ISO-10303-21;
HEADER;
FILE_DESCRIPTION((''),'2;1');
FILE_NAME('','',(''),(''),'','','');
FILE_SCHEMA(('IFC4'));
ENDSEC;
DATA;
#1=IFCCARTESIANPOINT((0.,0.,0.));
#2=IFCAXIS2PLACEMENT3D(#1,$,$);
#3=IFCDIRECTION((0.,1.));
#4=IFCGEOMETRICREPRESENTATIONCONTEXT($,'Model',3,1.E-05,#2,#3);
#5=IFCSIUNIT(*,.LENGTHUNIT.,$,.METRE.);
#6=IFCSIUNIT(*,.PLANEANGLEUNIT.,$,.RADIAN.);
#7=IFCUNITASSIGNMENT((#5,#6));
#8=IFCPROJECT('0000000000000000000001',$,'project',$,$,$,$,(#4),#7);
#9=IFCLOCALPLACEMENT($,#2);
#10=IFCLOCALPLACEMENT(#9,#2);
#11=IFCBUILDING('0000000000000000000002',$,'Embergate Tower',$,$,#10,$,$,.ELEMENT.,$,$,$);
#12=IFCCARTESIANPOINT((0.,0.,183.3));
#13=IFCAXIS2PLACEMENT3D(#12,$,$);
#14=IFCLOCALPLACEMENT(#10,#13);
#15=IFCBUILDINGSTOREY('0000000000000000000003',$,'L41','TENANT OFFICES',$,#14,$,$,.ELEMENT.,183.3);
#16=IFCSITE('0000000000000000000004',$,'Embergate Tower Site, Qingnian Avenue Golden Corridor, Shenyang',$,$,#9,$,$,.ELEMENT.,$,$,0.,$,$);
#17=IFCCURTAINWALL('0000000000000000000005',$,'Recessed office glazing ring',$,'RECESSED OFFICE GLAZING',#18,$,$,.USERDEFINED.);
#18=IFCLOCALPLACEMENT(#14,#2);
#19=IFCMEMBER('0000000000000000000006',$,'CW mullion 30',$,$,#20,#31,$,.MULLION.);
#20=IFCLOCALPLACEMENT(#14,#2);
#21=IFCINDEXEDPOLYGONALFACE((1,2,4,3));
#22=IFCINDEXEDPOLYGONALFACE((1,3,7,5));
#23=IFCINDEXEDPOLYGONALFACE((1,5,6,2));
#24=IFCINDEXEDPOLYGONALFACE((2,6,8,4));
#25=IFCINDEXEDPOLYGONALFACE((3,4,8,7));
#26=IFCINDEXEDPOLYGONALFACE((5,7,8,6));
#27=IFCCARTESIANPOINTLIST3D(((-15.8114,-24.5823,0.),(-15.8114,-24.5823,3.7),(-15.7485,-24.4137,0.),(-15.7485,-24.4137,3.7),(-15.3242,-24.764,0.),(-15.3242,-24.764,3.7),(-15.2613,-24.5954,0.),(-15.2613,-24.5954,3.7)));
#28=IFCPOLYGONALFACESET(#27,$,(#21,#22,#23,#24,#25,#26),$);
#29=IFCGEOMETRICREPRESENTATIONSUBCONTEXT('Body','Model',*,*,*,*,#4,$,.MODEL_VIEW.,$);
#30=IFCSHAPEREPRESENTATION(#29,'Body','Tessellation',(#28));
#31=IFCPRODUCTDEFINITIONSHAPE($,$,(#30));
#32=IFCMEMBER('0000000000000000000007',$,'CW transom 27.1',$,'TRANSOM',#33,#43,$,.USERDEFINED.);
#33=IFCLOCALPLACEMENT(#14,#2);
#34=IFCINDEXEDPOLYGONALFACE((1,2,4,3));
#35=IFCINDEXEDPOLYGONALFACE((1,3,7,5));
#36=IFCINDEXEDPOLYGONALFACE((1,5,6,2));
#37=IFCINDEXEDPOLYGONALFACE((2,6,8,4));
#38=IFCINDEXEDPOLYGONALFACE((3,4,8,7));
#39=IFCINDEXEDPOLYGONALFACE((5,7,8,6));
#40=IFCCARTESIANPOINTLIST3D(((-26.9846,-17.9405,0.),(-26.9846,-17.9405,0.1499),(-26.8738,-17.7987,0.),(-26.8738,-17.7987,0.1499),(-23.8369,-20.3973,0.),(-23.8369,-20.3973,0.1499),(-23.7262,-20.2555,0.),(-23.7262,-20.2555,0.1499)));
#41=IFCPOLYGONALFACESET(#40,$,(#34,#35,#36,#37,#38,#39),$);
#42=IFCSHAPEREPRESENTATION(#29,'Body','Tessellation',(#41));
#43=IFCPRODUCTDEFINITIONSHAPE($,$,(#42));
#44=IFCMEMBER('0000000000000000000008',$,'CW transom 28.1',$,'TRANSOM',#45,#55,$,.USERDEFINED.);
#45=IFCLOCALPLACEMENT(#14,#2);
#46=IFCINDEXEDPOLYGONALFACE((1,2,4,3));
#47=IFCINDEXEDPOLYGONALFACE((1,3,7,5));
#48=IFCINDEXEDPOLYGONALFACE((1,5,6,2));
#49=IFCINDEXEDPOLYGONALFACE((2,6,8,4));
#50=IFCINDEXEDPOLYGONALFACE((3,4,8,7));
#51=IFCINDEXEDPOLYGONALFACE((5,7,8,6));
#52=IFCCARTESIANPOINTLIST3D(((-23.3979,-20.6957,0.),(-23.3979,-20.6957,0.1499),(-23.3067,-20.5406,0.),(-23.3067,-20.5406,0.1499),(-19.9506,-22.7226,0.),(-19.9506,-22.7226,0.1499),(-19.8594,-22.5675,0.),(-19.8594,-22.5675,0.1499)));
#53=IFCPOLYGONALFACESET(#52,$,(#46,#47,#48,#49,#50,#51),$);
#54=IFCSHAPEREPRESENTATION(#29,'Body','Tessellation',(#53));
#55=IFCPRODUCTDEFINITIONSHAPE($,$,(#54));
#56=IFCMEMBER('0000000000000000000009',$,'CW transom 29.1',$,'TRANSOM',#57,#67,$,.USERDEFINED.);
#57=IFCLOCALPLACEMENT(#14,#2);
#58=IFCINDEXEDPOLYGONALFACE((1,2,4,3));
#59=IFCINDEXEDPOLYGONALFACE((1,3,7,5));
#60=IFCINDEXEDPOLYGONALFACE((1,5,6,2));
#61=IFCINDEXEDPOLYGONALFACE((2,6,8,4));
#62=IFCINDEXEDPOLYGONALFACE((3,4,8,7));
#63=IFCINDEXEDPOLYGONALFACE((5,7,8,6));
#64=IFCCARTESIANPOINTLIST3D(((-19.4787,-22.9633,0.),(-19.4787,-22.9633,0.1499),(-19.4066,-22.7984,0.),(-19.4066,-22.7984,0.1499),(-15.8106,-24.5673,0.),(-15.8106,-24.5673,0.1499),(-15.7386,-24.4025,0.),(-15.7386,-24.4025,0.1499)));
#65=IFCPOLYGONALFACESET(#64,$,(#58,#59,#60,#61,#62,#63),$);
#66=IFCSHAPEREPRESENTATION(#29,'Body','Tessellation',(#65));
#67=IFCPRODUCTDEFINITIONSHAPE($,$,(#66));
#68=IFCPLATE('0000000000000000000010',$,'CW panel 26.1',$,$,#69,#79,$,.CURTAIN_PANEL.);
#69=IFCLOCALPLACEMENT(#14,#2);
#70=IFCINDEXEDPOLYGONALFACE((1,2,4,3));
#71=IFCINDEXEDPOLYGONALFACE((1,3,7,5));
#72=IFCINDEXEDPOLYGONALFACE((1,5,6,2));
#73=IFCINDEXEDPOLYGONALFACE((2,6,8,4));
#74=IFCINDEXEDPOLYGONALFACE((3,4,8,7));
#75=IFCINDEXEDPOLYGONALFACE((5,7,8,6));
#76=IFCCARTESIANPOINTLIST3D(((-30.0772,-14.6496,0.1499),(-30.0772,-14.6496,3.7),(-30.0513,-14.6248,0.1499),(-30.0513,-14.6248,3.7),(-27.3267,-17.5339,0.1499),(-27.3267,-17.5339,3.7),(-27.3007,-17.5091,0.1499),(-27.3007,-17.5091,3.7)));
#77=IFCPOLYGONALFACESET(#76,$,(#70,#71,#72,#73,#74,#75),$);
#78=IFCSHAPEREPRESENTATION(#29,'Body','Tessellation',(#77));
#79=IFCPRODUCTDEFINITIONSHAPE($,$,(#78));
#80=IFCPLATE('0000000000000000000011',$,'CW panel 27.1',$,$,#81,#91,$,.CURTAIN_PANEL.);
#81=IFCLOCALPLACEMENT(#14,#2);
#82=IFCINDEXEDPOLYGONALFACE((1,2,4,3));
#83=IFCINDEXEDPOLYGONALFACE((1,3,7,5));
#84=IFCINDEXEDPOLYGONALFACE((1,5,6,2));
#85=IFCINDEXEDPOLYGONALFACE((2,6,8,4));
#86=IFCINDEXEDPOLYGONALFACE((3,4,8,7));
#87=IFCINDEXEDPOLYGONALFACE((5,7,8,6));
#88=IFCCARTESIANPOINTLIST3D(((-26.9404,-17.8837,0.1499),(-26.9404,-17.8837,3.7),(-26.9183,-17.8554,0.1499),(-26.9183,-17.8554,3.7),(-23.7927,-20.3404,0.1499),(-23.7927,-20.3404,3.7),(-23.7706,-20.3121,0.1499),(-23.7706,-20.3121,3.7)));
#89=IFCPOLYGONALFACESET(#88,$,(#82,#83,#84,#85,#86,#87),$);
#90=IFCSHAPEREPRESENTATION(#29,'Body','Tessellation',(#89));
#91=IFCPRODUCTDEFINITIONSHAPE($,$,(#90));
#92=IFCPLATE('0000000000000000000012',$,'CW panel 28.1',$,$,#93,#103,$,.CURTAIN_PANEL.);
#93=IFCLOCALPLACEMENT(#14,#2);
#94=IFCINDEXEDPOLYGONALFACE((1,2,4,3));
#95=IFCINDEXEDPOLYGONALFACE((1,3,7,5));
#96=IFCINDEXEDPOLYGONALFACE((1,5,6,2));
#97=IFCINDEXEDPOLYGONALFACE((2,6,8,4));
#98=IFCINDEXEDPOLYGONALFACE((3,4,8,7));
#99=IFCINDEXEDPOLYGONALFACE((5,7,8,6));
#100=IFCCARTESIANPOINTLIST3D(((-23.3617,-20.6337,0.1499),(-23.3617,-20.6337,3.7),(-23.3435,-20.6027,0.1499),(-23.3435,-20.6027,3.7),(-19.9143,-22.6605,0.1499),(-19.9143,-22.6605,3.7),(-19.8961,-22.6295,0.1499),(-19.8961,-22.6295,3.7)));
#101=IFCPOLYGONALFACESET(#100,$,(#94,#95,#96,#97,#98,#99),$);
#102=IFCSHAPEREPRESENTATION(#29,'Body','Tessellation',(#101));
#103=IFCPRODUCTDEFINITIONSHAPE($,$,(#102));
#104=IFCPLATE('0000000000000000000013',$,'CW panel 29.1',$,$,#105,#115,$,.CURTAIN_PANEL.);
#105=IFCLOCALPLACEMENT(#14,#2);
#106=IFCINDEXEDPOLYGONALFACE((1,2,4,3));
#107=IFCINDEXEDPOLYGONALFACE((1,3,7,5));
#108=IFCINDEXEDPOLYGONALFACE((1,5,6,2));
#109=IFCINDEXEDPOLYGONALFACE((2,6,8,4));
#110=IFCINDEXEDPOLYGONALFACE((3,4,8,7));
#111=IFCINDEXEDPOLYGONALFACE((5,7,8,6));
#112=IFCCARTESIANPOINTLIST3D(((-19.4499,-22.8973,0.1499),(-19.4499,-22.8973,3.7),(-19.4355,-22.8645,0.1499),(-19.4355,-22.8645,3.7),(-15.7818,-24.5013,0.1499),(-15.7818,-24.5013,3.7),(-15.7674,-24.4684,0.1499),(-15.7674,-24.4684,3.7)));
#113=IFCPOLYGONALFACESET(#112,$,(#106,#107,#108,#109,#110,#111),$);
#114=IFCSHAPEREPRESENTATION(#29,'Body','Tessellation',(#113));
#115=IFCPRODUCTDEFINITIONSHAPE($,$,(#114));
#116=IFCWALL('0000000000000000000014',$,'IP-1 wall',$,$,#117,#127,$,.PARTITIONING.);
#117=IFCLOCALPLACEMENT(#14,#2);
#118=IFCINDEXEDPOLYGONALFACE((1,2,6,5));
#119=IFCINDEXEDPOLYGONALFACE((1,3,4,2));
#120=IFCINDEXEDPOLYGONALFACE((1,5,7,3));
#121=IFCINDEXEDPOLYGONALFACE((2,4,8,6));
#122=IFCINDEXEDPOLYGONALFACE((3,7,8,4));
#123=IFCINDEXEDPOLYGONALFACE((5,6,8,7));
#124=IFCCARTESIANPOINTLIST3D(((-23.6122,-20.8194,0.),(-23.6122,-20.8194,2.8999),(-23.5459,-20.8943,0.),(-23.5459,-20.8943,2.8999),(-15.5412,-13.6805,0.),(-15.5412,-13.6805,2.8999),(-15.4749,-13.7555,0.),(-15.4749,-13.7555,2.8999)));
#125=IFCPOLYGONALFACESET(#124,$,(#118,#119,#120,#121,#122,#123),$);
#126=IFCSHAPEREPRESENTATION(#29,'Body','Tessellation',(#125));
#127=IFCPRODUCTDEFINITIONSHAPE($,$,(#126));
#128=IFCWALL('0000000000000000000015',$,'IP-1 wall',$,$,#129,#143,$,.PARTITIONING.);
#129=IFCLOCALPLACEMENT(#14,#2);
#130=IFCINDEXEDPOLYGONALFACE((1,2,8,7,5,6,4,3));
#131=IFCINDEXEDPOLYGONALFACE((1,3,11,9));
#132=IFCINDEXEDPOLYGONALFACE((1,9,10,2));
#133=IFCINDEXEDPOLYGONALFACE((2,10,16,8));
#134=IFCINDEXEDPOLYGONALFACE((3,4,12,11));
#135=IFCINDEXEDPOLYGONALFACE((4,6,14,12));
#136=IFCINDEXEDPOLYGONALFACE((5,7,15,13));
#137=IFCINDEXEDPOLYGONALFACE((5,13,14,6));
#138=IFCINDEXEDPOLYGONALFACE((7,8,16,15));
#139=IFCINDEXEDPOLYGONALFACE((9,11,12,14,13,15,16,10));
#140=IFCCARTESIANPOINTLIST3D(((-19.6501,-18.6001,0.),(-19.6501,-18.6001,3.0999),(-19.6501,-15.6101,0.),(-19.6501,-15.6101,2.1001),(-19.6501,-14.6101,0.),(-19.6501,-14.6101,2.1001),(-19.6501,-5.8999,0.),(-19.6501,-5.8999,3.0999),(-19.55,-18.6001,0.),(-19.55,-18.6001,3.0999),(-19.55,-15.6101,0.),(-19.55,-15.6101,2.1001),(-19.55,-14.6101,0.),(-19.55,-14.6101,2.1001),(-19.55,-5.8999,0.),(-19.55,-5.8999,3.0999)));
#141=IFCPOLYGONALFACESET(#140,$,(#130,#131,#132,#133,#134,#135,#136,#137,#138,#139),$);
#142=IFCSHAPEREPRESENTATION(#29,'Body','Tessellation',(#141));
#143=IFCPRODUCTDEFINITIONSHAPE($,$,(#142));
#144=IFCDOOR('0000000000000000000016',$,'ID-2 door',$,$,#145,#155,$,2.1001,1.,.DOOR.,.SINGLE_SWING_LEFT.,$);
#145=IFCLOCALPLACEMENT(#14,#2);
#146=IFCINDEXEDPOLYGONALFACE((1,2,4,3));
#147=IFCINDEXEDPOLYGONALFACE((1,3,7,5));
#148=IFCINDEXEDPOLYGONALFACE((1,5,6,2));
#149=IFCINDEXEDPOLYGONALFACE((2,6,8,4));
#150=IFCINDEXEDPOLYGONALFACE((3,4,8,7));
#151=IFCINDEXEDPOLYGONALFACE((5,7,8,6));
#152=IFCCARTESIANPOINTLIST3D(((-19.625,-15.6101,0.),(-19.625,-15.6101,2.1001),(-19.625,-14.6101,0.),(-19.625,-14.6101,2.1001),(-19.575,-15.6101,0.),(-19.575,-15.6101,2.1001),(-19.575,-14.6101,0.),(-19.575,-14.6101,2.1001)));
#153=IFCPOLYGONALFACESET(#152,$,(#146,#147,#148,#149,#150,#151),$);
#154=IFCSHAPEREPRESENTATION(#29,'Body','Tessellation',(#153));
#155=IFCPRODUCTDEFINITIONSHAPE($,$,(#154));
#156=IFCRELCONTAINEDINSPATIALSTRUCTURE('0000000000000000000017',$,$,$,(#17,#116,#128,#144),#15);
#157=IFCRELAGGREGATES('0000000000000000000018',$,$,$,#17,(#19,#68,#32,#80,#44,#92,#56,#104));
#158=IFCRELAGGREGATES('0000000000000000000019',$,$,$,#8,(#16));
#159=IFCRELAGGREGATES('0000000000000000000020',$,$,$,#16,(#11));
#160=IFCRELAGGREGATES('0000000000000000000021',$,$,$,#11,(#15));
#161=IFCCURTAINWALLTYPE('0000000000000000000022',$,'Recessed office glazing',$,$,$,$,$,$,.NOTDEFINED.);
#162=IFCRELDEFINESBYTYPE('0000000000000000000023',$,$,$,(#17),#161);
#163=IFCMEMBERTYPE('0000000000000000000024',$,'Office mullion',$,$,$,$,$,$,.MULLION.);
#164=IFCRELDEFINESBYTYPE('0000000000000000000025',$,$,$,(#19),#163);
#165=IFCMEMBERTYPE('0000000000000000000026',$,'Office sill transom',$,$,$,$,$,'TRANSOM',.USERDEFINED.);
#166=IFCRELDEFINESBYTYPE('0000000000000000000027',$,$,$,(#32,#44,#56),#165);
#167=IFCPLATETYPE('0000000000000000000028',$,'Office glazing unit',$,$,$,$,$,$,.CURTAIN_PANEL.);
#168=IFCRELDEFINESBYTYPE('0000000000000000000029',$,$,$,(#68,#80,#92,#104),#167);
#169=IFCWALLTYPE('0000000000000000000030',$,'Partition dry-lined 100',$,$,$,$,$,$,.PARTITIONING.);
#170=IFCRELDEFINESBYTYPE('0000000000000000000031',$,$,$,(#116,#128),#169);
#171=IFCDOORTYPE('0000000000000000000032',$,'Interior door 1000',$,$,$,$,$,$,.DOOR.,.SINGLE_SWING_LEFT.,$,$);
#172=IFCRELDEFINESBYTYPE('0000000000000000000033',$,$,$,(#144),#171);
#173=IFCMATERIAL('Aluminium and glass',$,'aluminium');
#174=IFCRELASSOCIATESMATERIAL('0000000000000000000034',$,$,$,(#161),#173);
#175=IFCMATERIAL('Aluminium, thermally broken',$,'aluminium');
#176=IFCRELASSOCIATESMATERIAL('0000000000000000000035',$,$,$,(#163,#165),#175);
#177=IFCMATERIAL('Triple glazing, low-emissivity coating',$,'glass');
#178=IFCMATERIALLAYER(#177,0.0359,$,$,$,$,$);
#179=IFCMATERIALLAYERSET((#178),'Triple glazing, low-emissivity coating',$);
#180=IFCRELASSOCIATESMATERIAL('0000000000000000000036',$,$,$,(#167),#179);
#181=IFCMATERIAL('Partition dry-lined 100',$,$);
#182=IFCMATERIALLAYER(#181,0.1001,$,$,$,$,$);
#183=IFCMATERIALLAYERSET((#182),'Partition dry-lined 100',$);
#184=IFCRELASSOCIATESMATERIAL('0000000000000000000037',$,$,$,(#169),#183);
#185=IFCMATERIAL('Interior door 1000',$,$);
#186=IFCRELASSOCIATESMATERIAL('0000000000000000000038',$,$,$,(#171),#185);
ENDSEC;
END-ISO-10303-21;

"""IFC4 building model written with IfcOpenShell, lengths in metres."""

from ifc_helpers import new_model, si_unit, direction, frame, frame_2d, origin, origin_2d, place, context, subcontext, project, spatial, rectangle, extrude, source, transform, mapped, material, layer, layer_set, material_profile, profile_set, type_object, element, fill, aggregate, save


model = new_model("IFC4")

# Units and contexts
model_context = context("Model", 3, precision=1e-05, world=origin(), true_north=direction((0.0, 1.0)))
body_context = subcontext(model_context, "Body", "Model", "MODEL_VIEW")
ifc_project = project(units=[si_unit("LENGTHUNIT", "METRE"), si_unit("PLANEANGLEUNIT", "RADIAN")], contexts=[model_context])

# Site, building, storey
site_placement = place(None, origin())
site = spatial("IfcSite", under=ifc_project, at=site_placement, Name="Embergate Tower Site, Qingnian Avenue Golden Corridor, Shenyang", CompositionType="ELEMENT", RefElevation=0.0)
building_placement = place(site_placement, origin())
building = spatial("IfcBuilding", under=site, at=building_placement, Name="Embergate Tower", CompositionType="ELEMENT")
storey_placement = place(building_placement, frame((0.0, 0.0, 183.3)))
storey = spatial("IfcBuildingStorey", under=building, at=storey_placement, Name="L41", Description="TENANT OFFICES", CompositionType="ELEMENT", Elevation=183.3)

# Curtain wall, members, plates
ifc_material_1 = material(Name="Aluminium and glass", Category="aluminium")
curtain_wall_type = type_object("IfcCurtainWallType", Name="Recessed office glazing", PredefinedType="NOTDEFINED", material=ifc_material_1)
curtain_wall_placement = place(storey_placement, origin())
curtain_wall = element("IfcCurtainWall", 1, at=curtain_wall_placement, inside=storey, type_object=curtain_wall_type, Name="Recessed office glazing ring", ObjectType="RECESSED OFFICE GLAZING", PredefinedType="USERDEFINED")
ifc_material_2 = material(Name="Aluminium, thermally broken", Category="aluminium")
ifc_material_profile_1 = material_profile(ifc_material_2, rectangle(XDim=0.1799, YDim=0.52, at=origin_2d()), Name="AL 520x180")
ifc_profile_set_1 = profile_set([ifc_material_profile_1], Name="Aluminium, thermally broken")
member_type_1 = type_object("IfcMemberType", Name="Office mullion", PredefinedType="MULLION", material=ifc_profile_set_1)
shared_shape_1 = source(origin(), body_context, "Body", "SweptSolid", [
    extrude(rectangle(XDim=0.1799, YDim=0.52, at=origin_2d()), origin(), (0.0, 0.0, 1.0), 3.7),
])
member_1_placement = place(storey_placement, frame((-15.5364, -24.5889, 0.0), z_axis=(0.0, 0.0, 1.0), x_axis=(0.349504, 0.936935, 0.0)))
member_1 = element("IfcMember", 2, at=member_1_placement, type_object=member_type_1, Name="CW mullion 30", PredefinedType="MULLION", context=body_context, shape_type="MappedRepresentation", body=[
    mapped(shared_shape_1, transform((0.0, 0.0, 0.0))),
])
ifc_material_profile_2 = material_profile(ifc_material_2, rectangle(XDim=0.1799, YDim=0.1499, at=origin_2d()), Name="AL 150x180")
ifc_profile_set_2 = profile_set([ifc_material_profile_2], Name="Aluminium, thermally broken")
member_type_2 = type_object("IfcMemberType", Name="Office sill transom", ElementType="TRANSOM", PredefinedType="USERDEFINED", material=ifc_profile_set_2)
shared_shape_2 = source(origin(), body_context, "Body", "SweptSolid", [
    extrude(rectangle(XDim=0.1799, YDim=0.1499, at=origin_2d()), origin(), (0.0, 0.0, 1.0), 3.9929),
])
member_2_placement = place(storey_placement, frame((-26.9292, -17.8696, 0.075), z_axis=(0.788311, -0.615277, 0.0), x_axis=(0.615277, 0.788311, 0.0)))
member_2 = element("IfcMember", 3, at=member_2_placement, type_object=member_type_2, Name="CW transom 27.1", ObjectType="TRANSOM", PredefinedType="USERDEFINED", context=body_context, shape_type="MappedRepresentation", body=[
    mapped(shared_shape_2, transform((0.0, 0.0, 0.0))),
])
shared_shape_3 = source(origin(), body_context, "Body", "SweptSolid", [
    extrude(rectangle(XDim=0.1799, YDim=0.1499, at=origin_2d()), origin(), (0.0, 0.0, 1.0), 3.999),
])
member_3_placement = place(storey_placement, frame((-23.3523, -20.6182, 0.075), z_axis=(0.862038, -0.506844, 0.0), x_axis=(0.506844, 0.862038, 0.0)))
member_3 = element("IfcMember", 4, at=member_3_placement, type_object=member_type_2, Name="CW transom 28.1", ObjectType="TRANSOM", PredefinedType="USERDEFINED", context=body_context, shape_type="MappedRepresentation", body=[
    mapped(shared_shape_3, transform((0.0, 0.0, 0.0))),
])
shared_shape_4 = source(origin(), body_context, "Body", "SweptSolid", [
    extrude(rectangle(XDim=0.1799, YDim=0.1499, at=origin_2d()), origin(), (0.0, 0.0, 1.0), 4.0034),
])
member_4_placement = place(storey_placement, frame((-19.4426, -22.8809, 0.075), z_axis=(0.916225, -0.400665, 0.0), x_axis=(0.400665, 0.916225, 0.0)))
member_4 = element("IfcMember", 5, at=member_4_placement, type_object=member_type_2, Name="CW transom 29.1", ObjectType="TRANSOM", PredefinedType="USERDEFINED", context=body_context, shape_type="MappedRepresentation", body=[
    mapped(shared_shape_4, transform((0.0, 0.0, 0.0))),
])
ifc_material_3 = material(Name="Triple glazing, low-emissivity coating", Category="glass")
ifc_layer_1 = layer(ifc_material_3, 0.0359)
ifc_layer_set_1 = layer_set([ifc_layer_1], Name="Triple glazing, low-emissivity coating")
plate_type = type_object("IfcPlateType", Name="Office glazing unit", PredefinedType="CURTAIN_PANEL", material=ifc_layer_set_1)
shared_shape_5 = source(origin(), body_context, "Body", "SweptSolid", [
    extrude(rectangle(XDim=3.9856, YDim=0.0359, at=origin_2d()), origin(), (0.0, 0.0, 1.0), 3.55),
])
plate_1_placement = place(storey_placement, frame((-28.689, -16.0793, 0.1499), z_axis=(0.0, 0.0, 1.0), x_axis=(0.690133, -0.723683, 0.0)))
plate_1 = element("IfcPlate", 6, at=plate_1_placement, type_object=plate_type, Name="CW panel 26.1", PredefinedType="CURTAIN_PANEL", context=body_context, shape_type="MappedRepresentation", body=[
    mapped(shared_shape_5, transform((0.0, 0.0, 0.0))),
])
shared_shape_6 = source(origin(), body_context, "Body", "SweptSolid", [
    extrude(rectangle(XDim=3.9929, YDim=0.0359, at=origin_2d()), origin(), (0.0, 0.0, 1.0), 3.55),
])
plate_2_placement = place(storey_placement, frame((-25.3555, -19.0979, 0.1499), z_axis=(0.0, 0.0, 1.0), x_axis=(0.788318, -0.615268, 0.0)))
plate_2 = element("IfcPlate", 7, at=plate_2_placement, type_object=plate_type, Name="CW panel 27.1", PredefinedType="CURTAIN_PANEL", context=body_context, shape_type="MappedRepresentation", body=[
    mapped(shared_shape_6, transform((0.0, 0.0, 0.0))),
])
shared_shape_7 = source(origin(), body_context, "Body", "SweptSolid", [
    extrude(rectangle(XDim=3.999, YDim=0.0359, at=origin_2d()), origin(), (0.0, 0.0, 1.0), 3.55),
])
plate_3_placement = place(storey_placement, frame((-21.6289, -21.6316, 0.1499), z_axis=(0.0, 0.0, 1.0), x_axis=(0.862051, -0.506821, 0.0)))
plate_3 = element("IfcPlate", 8, at=plate_3_placement, type_object=plate_type, Name="CW panel 28.1", PredefinedType="CURTAIN_PANEL", context=body_context, shape_type="MappedRepresentation", body=[
    mapped(shared_shape_7, transform((0.0, 0.0, 0.0))),
])
shared_shape_8 = source(origin(), body_context, "Body", "SweptSolid", [
    extrude(rectangle(XDim=4.0034, YDim=0.0359, at=origin_2d()), origin(), (0.0, 0.0, 1.0), 3.55),
])
plate_4_placement = place(storey_placement, frame((-17.6086, -23.6829, 0.1499), z_axis=(0.0, 0.0, 1.0), x_axis=(0.916235, -0.400642, 0.0)))
plate_4 = element("IfcPlate", 9, at=plate_4_placement, type_object=plate_type, Name="CW panel 29.1", PredefinedType="CURTAIN_PANEL", context=body_context, shape_type="MappedRepresentation", body=[
    mapped(shared_shape_8, transform((0.0, 0.0, 0.0))),
])
aggregate(curtain_wall, [member_1, plate_1, member_2, plate_2, member_3, plate_3, member_4, plate_4])

# Wall
ifc_material_4 = material(Name="Partition dry-lined 100")
ifc_layer_2 = layer(ifc_material_4, 0.1001)
ifc_layer_set_2 = layer_set([ifc_layer_2], Name="Partition dry-lined 100")
wall_type = type_object("IfcWallType", Name="Partition dry-lined 100", PredefinedType="PARTITIONING", material=ifc_layer_set_2)
shared_shape_9 = source(origin(), body_context, "Body", "SweptSolid", [
    extrude(rectangle(XDim=10.7751, YDim=0.1001, at=frame_2d((5.3877, 0.0))), origin(), (0.0, 0.0, 1.0), 2.8999),
])
wall_1_placement = place(storey_placement, frame((-23.5791, -20.8569, 0.0), z_axis=(0.0, 0.0, 1.0), x_axis=(0.749036, 0.662529, 0.0)))
element("IfcWall", 10, at=wall_1_placement, inside=storey, type_object=wall_type, Name="IP-1 wall", PredefinedType="PARTITIONING", context=body_context, shape_type="MappedRepresentation", body=[
    mapped(shared_shape_9, transform((0.0, 0.0, 0.0))),
])

# Wall, opening, door
shared_shape_10 = source(origin(), body_context, "Body", "SweptSolid", [
    extrude(rectangle(XDim=12.7002, YDim=0.1001, at=frame_2d((6.3501, 0.0))), origin(), (0.0, 0.0, 1.0), 3.0999),
])
wall_2_placement = place(storey_placement, frame((-19.6001, -18.6001, 0.0), z_axis=(0.0, 0.0, 1.0), x_axis=(0.0, 1.0, 0.0)))
wall_2 = element("IfcWall", 11, at=wall_2_placement, inside=storey, type_object=wall_type, Name="IP-1 wall", PredefinedType="PARTITIONING", context=body_context, shape_type="MappedRepresentation", body=[
    mapped(shared_shape_10, transform((0.0, 0.0, 0.0))),
])
shared_shape_11 = source(origin(), body_context, "Body", "SweptSolid", [
    extrude(rectangle(XDim=1.0, YDim=2.1001, at=frame_2d((0.5, 1.05))), frame((0.0, 0.0601, 0.0), z_axis=(0.0, -1.0, 0.0), x_axis=(1.0, 0.0, 0.0)), (0.0, 0.0, 1.0), 0.1201),
])
opening_placement = place(wall_2_placement, frame((2.99, 0.0, 0.0)))
opening = element("IfcOpeningElement", 12, at=opening_placement, cuts=wall_2, PredefinedType="OPENING", context=body_context, shape_type="MappedRepresentation", body=[
    mapped(shared_shape_11, transform((0.0, 0.0, 0.0))),
])
ifc_material_5 = material(Name="Interior door 1000")
door_type = type_object("IfcDoorType", Name="Interior door 1000", OperationType="SINGLE_SWING_LEFT", PredefinedType="DOOR", material=ifc_material_5)
shared_shape_12 = source(origin(), body_context, "Body", "SweptSolid", [
    extrude(rectangle(XDim=1.0, YDim=2.1001, at=frame_2d((0.5, 1.05))), frame((0.0, 0.0249, 0.0), z_axis=(0.0, -1.0, 0.0), x_axis=(1.0, 0.0, 0.0)), (0.0, 0.0, 1.0), 0.05),
])
door_placement = place(opening_placement, origin())
door = element("IfcDoor", 13, at=door_placement, inside=storey, type_object=door_type, Name="ID-2 door", OperationType="SINGLE_SWING_LEFT", OverallHeight=2.1001, OverallWidth=1.0, PredefinedType="DOOR", context=body_context, shape_type="MappedRepresentation", body=[
    mapped(shared_shape_12, transform((0.0, 0.0, 0.0))),
])
fill(opening, door)

save(model, "model.ifc")
